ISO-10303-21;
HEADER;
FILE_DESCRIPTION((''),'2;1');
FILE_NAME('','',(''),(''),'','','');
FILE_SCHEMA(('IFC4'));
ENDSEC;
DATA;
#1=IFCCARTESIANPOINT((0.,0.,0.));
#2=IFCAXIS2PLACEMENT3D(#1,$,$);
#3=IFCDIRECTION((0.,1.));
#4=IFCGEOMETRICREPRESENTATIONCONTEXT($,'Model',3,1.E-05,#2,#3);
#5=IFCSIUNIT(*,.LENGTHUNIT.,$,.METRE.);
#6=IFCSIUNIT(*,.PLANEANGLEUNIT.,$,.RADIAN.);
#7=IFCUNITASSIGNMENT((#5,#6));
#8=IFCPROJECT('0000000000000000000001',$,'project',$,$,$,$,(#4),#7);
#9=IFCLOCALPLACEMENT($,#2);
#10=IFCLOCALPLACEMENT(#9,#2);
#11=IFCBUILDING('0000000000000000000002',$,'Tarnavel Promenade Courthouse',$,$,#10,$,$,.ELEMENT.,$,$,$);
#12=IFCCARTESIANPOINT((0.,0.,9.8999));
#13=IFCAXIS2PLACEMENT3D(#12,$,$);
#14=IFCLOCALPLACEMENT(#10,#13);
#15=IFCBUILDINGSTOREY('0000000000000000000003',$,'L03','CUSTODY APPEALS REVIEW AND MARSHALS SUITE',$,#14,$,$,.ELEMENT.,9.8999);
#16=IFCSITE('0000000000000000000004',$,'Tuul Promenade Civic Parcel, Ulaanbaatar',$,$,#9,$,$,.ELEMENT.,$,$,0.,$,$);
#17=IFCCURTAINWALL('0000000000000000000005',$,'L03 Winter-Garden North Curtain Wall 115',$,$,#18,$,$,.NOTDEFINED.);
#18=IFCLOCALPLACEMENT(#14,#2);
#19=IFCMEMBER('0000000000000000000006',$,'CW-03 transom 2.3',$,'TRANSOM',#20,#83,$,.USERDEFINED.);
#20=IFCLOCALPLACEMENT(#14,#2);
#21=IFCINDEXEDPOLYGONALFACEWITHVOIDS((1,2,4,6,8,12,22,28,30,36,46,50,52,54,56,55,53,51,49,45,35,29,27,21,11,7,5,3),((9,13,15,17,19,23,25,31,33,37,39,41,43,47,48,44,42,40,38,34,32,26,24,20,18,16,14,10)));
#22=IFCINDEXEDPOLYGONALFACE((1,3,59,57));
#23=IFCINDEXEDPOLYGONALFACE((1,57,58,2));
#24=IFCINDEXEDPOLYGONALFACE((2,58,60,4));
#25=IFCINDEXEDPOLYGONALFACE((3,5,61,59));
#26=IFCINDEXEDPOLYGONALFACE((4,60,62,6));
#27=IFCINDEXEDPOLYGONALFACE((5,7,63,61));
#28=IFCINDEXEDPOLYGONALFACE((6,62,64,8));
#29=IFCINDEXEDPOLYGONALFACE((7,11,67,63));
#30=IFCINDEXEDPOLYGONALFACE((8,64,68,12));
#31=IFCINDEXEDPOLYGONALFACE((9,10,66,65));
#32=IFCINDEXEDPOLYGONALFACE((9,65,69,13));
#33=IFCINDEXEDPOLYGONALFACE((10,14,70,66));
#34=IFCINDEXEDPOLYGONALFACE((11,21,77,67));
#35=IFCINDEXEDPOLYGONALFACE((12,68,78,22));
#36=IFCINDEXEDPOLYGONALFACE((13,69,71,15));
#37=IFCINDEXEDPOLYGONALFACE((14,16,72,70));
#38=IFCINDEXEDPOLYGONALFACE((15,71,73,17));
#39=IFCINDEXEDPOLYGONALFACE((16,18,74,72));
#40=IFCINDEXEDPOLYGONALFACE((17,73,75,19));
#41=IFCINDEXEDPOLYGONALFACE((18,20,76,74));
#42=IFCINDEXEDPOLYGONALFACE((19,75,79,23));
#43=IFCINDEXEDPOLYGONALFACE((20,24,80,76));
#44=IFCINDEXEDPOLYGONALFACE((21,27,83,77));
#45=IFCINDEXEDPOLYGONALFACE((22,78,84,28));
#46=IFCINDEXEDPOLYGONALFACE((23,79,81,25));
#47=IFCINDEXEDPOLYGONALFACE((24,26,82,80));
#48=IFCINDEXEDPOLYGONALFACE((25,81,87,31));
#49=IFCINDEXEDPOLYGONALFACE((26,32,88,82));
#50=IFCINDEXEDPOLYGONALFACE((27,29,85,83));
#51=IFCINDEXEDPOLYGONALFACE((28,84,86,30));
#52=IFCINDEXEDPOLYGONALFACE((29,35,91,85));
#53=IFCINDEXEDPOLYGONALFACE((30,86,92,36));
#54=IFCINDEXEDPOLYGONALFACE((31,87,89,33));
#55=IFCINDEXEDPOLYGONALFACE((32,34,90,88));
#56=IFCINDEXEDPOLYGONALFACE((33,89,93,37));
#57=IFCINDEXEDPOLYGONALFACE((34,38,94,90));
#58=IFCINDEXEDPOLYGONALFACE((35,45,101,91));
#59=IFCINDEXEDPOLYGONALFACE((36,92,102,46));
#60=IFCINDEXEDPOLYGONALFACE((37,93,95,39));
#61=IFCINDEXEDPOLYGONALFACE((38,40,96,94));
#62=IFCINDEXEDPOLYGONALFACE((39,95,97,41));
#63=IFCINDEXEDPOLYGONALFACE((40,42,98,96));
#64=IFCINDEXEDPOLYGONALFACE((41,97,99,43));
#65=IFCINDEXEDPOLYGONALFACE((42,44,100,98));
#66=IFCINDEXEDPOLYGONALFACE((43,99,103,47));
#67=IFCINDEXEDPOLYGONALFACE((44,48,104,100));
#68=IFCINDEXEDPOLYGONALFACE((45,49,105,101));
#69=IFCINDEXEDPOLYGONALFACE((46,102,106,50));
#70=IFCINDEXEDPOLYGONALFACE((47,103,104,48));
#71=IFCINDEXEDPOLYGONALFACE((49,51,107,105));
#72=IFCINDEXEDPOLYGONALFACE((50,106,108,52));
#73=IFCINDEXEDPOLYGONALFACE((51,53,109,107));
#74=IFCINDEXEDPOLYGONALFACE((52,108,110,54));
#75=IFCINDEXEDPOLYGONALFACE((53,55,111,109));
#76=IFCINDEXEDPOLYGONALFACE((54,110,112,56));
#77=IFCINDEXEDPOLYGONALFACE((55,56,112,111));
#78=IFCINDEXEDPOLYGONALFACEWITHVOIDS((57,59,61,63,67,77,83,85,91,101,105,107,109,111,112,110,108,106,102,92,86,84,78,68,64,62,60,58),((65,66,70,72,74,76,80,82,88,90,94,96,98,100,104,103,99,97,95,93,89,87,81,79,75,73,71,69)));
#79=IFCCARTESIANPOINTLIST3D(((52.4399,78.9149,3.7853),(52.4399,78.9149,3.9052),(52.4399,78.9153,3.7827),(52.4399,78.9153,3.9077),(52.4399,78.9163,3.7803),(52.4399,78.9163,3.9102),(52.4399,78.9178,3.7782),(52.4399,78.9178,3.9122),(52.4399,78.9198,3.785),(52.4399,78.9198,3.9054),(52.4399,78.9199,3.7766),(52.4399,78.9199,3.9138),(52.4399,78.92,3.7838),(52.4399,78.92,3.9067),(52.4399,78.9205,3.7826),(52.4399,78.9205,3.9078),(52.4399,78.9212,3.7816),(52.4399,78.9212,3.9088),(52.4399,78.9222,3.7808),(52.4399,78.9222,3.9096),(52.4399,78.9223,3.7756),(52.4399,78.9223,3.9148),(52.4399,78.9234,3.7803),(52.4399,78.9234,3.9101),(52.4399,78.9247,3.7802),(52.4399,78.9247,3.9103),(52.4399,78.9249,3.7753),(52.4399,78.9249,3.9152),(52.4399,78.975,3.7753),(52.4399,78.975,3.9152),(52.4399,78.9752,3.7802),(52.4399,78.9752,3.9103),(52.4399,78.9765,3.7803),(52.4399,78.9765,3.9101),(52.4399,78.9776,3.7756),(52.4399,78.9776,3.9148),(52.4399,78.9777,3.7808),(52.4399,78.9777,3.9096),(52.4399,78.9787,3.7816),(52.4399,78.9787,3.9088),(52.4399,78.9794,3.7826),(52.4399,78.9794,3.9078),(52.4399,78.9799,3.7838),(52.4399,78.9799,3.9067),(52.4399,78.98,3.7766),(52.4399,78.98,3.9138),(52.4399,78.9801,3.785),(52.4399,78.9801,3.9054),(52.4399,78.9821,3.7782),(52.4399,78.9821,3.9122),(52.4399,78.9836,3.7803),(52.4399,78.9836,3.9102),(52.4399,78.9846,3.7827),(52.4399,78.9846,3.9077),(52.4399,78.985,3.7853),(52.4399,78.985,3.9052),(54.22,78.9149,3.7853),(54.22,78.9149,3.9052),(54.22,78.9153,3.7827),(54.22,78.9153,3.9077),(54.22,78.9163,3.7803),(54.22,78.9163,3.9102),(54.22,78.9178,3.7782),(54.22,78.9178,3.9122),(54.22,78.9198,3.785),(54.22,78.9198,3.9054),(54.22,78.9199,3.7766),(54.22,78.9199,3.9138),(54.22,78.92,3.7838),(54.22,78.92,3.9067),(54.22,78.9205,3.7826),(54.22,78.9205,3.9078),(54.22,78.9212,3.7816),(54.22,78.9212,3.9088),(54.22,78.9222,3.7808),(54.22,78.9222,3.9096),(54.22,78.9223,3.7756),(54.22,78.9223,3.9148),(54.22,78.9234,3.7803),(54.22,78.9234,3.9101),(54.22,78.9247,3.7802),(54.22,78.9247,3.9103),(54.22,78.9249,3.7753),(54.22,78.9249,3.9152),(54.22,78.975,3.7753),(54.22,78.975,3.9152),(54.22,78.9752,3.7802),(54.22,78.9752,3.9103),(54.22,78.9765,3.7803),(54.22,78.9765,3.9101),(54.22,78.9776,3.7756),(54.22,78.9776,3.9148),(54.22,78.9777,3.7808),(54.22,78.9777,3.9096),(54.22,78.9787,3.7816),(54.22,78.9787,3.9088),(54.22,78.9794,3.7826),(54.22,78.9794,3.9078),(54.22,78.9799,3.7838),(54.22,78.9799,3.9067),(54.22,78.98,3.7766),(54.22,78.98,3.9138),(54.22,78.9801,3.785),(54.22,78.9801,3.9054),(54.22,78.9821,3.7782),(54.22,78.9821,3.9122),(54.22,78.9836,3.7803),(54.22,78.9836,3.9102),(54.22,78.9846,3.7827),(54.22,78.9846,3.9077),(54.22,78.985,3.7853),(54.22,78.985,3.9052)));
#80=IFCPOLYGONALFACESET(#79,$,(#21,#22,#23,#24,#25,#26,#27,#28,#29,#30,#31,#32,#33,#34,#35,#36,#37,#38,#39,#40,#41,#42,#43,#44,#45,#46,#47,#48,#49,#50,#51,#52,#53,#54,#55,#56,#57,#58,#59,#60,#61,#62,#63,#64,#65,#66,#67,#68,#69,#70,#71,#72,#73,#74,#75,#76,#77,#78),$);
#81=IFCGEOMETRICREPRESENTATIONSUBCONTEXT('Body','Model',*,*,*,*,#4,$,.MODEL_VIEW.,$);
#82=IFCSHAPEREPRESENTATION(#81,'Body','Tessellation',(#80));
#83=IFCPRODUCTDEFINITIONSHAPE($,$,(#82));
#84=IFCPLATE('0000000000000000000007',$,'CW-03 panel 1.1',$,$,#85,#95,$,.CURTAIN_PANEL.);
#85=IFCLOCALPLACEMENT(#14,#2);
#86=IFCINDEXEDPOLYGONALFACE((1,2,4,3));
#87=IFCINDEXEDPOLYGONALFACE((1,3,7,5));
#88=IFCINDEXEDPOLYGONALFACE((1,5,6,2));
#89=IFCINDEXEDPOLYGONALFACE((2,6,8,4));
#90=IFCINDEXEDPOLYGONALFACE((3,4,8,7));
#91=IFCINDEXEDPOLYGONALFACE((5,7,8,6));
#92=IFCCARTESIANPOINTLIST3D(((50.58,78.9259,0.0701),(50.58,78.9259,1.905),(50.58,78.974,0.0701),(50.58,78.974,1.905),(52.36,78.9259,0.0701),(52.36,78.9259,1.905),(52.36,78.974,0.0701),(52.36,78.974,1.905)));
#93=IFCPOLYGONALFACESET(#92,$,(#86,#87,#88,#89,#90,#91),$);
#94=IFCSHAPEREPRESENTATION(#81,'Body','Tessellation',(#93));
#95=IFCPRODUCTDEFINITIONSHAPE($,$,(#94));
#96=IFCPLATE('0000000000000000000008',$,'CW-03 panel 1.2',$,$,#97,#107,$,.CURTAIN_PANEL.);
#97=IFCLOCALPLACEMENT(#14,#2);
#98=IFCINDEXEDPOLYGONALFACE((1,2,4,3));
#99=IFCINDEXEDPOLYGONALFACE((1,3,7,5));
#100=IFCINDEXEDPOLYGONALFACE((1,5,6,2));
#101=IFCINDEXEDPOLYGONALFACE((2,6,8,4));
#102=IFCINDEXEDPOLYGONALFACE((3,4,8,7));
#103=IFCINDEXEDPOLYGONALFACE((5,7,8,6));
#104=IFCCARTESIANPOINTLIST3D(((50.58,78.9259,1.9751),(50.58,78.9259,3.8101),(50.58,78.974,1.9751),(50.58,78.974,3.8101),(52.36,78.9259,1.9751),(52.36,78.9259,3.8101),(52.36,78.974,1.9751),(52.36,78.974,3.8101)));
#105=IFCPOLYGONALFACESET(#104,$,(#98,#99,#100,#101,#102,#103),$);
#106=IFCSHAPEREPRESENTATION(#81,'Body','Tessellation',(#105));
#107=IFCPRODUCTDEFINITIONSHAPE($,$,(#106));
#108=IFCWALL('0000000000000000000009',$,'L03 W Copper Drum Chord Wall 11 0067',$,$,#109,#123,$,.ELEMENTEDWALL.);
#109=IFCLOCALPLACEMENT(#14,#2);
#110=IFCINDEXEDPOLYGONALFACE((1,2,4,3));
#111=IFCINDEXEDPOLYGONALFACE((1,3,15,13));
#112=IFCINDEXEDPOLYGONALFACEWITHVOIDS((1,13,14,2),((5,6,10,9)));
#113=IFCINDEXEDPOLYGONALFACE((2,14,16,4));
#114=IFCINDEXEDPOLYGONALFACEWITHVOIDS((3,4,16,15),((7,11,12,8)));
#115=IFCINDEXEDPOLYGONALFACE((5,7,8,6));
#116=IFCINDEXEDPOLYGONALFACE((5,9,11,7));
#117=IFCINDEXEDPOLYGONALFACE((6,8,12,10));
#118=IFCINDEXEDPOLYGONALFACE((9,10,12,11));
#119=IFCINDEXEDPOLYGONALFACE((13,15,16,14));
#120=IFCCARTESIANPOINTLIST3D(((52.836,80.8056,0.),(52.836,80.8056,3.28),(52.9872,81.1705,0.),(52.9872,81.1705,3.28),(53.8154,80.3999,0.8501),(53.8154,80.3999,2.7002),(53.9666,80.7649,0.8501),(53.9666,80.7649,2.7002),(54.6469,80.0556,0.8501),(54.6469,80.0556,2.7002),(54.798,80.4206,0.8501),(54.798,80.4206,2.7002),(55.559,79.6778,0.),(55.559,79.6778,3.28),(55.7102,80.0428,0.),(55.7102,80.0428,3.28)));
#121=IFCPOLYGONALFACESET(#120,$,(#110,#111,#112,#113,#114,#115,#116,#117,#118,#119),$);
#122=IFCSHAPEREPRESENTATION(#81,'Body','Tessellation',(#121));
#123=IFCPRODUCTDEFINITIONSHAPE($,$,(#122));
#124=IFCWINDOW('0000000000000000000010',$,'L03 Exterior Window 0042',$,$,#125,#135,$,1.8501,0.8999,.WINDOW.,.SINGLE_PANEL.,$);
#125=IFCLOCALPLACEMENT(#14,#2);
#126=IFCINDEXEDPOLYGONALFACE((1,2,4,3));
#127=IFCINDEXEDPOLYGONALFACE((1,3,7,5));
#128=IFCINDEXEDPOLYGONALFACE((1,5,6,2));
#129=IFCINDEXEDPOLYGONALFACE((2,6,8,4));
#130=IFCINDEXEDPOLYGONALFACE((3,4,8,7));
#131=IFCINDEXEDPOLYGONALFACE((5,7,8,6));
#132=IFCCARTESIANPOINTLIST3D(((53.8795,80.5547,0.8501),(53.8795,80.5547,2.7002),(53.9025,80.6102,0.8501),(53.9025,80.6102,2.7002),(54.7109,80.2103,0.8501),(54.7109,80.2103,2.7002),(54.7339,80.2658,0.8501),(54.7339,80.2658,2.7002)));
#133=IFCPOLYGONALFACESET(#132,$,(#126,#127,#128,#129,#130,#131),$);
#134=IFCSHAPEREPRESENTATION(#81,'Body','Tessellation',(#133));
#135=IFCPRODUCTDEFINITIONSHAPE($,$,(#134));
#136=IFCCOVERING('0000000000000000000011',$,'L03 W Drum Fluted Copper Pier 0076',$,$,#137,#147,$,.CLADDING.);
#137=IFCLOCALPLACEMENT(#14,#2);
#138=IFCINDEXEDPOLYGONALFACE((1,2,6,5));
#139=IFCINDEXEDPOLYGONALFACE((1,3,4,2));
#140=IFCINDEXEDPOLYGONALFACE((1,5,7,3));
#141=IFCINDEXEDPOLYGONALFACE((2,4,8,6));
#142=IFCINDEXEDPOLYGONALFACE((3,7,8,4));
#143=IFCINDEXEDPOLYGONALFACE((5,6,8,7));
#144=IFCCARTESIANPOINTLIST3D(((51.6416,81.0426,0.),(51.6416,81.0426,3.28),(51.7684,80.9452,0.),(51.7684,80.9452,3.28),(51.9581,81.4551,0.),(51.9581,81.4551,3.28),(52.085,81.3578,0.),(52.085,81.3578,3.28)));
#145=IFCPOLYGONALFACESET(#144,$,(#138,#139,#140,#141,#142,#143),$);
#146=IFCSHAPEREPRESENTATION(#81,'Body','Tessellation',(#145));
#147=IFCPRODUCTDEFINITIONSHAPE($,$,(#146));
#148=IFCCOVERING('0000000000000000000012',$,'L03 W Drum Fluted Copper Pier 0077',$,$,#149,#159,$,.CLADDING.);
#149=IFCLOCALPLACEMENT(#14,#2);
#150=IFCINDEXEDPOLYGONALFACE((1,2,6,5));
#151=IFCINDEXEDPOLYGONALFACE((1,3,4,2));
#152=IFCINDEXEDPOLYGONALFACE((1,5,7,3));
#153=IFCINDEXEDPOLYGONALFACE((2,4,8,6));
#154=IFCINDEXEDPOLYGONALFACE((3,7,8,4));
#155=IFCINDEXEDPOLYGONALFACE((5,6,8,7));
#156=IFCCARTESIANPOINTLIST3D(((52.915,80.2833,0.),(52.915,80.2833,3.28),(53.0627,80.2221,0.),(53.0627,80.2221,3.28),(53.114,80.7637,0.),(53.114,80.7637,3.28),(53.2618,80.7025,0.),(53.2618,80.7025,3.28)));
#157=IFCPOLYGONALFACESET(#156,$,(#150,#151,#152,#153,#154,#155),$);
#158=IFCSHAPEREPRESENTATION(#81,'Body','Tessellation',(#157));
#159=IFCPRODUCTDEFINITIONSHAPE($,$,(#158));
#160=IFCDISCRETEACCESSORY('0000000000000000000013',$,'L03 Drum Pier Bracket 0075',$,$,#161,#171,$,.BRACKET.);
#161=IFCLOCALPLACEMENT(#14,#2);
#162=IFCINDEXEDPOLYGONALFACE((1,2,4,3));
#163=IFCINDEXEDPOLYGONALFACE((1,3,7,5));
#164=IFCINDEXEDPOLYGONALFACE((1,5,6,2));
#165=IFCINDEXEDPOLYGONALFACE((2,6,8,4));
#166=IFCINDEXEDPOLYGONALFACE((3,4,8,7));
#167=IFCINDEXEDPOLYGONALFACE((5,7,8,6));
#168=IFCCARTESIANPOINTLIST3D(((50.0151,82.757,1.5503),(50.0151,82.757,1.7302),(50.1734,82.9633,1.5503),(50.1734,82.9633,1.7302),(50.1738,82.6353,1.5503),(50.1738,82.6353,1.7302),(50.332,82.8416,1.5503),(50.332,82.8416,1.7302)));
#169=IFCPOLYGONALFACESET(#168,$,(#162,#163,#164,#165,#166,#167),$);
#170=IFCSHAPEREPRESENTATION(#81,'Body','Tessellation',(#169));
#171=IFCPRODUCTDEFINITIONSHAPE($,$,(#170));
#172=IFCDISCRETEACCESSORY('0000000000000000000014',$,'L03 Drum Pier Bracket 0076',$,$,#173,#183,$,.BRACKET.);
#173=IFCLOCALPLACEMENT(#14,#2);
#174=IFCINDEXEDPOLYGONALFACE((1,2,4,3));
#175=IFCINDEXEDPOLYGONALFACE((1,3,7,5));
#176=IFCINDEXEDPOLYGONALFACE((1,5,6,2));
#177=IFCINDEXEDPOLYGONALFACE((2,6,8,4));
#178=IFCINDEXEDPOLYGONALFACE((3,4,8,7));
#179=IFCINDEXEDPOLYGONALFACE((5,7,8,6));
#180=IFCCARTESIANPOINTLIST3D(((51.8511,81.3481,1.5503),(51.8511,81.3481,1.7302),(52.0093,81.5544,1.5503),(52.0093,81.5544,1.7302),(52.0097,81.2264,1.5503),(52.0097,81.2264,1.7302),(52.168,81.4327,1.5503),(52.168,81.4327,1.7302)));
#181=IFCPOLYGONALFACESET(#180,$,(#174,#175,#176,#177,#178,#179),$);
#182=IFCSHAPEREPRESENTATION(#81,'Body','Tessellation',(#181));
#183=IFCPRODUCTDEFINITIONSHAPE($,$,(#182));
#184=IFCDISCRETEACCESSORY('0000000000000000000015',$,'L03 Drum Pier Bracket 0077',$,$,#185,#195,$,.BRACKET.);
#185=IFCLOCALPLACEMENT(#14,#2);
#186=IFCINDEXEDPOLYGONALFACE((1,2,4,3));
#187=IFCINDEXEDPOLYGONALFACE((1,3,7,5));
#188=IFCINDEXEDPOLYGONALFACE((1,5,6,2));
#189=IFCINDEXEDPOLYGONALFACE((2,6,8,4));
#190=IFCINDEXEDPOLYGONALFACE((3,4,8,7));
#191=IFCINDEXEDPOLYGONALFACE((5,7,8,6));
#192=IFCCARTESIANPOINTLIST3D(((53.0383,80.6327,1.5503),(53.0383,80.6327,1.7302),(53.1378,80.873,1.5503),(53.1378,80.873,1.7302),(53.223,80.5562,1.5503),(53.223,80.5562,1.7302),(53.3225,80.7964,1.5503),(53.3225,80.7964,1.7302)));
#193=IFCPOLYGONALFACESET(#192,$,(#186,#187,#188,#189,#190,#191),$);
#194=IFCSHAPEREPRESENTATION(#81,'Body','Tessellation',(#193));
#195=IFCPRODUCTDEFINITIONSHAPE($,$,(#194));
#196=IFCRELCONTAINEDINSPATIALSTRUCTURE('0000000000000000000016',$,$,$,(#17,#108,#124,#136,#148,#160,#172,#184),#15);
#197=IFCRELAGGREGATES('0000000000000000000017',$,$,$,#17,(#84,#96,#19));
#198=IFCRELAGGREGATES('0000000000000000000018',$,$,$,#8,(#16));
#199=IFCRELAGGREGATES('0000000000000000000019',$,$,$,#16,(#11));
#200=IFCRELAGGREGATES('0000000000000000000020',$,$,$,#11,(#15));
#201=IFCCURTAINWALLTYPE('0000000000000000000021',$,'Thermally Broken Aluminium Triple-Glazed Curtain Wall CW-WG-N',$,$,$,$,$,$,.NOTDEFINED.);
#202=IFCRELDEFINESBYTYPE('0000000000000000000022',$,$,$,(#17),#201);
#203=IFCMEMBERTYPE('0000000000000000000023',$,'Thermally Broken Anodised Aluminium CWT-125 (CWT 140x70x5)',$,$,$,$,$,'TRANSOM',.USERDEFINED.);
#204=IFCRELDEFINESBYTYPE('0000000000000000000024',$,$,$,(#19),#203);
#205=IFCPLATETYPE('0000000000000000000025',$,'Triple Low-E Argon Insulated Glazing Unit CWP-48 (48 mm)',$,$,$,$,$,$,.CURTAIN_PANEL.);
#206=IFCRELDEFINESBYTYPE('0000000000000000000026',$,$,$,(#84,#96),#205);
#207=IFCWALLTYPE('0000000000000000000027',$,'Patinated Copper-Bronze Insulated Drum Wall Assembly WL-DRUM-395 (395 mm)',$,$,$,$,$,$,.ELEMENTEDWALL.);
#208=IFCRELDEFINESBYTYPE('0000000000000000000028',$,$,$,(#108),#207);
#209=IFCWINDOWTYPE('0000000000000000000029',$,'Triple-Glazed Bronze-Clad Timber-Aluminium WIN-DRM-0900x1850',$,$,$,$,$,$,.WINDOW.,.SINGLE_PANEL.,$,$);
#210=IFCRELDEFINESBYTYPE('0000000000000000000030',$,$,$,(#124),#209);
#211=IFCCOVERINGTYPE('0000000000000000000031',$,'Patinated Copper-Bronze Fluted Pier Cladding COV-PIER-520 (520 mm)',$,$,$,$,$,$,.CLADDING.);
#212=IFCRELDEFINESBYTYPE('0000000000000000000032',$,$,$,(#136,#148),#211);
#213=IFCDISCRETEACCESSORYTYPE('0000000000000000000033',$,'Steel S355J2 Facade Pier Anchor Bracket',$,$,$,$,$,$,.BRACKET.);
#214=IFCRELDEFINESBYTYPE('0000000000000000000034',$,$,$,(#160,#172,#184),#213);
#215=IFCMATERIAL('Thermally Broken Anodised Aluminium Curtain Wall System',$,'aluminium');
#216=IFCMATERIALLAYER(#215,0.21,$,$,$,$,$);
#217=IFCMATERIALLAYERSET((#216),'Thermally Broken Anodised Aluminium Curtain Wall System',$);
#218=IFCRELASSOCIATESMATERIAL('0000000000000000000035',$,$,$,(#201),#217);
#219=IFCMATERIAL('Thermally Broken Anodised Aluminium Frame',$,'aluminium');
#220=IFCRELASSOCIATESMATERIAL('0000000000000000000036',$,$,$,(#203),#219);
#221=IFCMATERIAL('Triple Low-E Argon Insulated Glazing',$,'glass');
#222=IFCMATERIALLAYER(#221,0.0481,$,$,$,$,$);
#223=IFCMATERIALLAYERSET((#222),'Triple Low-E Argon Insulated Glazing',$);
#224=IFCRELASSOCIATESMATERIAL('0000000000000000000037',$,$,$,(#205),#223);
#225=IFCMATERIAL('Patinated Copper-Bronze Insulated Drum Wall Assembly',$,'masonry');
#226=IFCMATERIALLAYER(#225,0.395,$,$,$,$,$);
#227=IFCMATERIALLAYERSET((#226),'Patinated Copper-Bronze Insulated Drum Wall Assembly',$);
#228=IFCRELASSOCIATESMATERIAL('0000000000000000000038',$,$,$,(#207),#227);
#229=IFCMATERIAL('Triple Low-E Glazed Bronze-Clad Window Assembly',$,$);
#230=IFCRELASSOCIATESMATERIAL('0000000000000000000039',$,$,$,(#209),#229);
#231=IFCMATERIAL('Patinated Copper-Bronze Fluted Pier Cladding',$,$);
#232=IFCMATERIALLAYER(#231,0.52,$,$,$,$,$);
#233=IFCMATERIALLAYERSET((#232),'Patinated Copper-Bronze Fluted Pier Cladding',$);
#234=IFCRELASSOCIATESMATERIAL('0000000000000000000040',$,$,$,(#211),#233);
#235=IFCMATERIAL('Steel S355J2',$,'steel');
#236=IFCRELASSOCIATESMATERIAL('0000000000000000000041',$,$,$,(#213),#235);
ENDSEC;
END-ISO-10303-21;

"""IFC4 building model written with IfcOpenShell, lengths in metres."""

from ifc_helpers import new_model, si_unit, direction, frame, frame_2d, origin, origin_2d, place, context, subcontext, project, spatial, rectangle, hollow_rectangle, extrude, material, layer, layer_set, material_profile, profile_set, type_object, element, fill, aggregate, save


model = new_model("IFC4")

# Units and contexts
model_context = context("Model", 3, precision=1e-05, world=origin(), true_north=direction((0.0, 1.0)))
body_context = subcontext(model_context, "Body", "Model", "MODEL_VIEW")
ifc_project = project(units=[si_unit("LENGTHUNIT", "METRE"), si_unit("PLANEANGLEUNIT", "RADIAN")], contexts=[model_context])

# Site, building, storey
site_placement = place(None, origin())
site = spatial("IfcSite", under=ifc_project, at=site_placement, Name="Tuul Promenade Civic Parcel, Ulaanbaatar", CompositionType="ELEMENT", RefElevation=0.0)
building_placement = place(site_placement, origin())
building = spatial("IfcBuilding", under=site, at=building_placement, Name="Tarnavel Promenade Courthouse", CompositionType="ELEMENT")
storey_placement = place(building_placement, frame((0.0, 0.0, 9.8999)))
storey = spatial("IfcBuildingStorey", under=building, at=storey_placement, Name="L03", Description="CUSTODY APPEALS REVIEW AND MARSHALS SUITE", CompositionType="ELEMENT", Elevation=9.8999)

# Shared definitions
ifc_material_1 = material(Name="Steel S355J2", Category="steel")

# Shared definitions
ifc_material_2 = material(Name="Thermally Broken Anodised Aluminium Curtain Wall System", Category="aluminium")
ifc_layer_1 = layer(ifc_material_2, 0.21)
ifc_layer_set_1 = layer_set([ifc_layer_1], Name="Thermally Broken Anodised Aluminium Curtain Wall System")
curtain_wall_type = type_object("IfcCurtainWallType", Name="Thermally Broken Aluminium Triple-Glazed Curtain Wall CW-WG-N", PredefinedType="NOTDEFINED", material=ifc_layer_set_1)
ifc_material_3 = material(Name="Thermally Broken Anodised Aluminium Frame", Category="aluminium")

# Curtain wall, member, plates
curtain_wall_1_placement = place(storey_placement, origin())
curtain_wall_1 = element("IfcCurtainWall", 1, at=curtain_wall_1_placement, inside=storey, type_object=curtain_wall_type, Name="L03 Winter-Garden North Curtain Wall 115", PredefinedType="NOTDEFINED")
ifc_material_profile_1 = material_profile(ifc_material_3, hollow_rectangle(XDim=0.0701, YDim=0.1399, WallThickness=0.0049, InnerFilletRadius=0.0049, OuterFilletRadius=0.01, at=origin_2d()), Name="CWT 140x70x5")
ifc_profile_set_1 = profile_set([ifc_material_profile_1], Name="Thermally Broken Anodised Aluminium Frame")
member_type_1 = type_object("IfcMemberType", Name="Thermally Broken Anodised Aluminium CWT-125 (CWT 140x70x5)", ElementType="TRANSOM", PredefinedType="USERDEFINED", material=ifc_profile_set_1)
member_1_placement = place(storey_placement, frame((52.4399, 78.95, 3.8452), z_axis=(1.0, 0.0, 0.0), x_axis=(0.0, 1.0, 0.0)))
member_1 = element("IfcMember", 2, at=member_1_placement, type_object=member_type_1, Name="CW-03 transom 2.3", ObjectType="TRANSOM", PredefinedType="USERDEFINED", context=body_context, shape_type="SweptSolid", body=[
    extrude(hollow_rectangle(XDim=0.0701, YDim=0.1399, WallThickness=0.0049, InnerFilletRadius=0.0049, OuterFilletRadius=0.01, at=origin_2d()), origin(), (0.0, 0.0, 1.0), 1.78),
])
ifc_material_4 = material(Name="Triple Low-E Argon Insulated Glazing", Category="glass")
ifc_layer_2 = layer(ifc_material_4, 0.0481)
ifc_layer_set_2 = layer_set([ifc_layer_2], Name="Triple Low-E Argon Insulated Glazing")
plate_type = type_object("IfcPlateType", Name="Triple Low-E Argon Insulated Glazing Unit CWP-48 (48 mm)", PredefinedType="CURTAIN_PANEL", material=ifc_layer_set_2)
plate_1_placement = place(storey_placement, frame((51.47, 78.95, 0.0701), z_axis=(0.0, 0.0, 1.0), x_axis=(1.0, 0.0, 0.0)))
plate_1 = element("IfcPlate", 3, at=plate_1_placement, type_object=plate_type, Name="CW-03 panel 1.1", PredefinedType="CURTAIN_PANEL", context=body_context, shape_type="SweptSolid", body=[
    extrude(rectangle(XDim=1.78, YDim=0.0481, at=origin_2d()), origin(), (0.0, 0.0, 1.0), 1.835),
])
plate_2_placement = place(storey_placement, frame((51.47, 78.95, 1.9751), z_axis=(0.0, 0.0, 1.0), x_axis=(1.0, 0.0, 0.0)))
plate_2 = element("IfcPlate", 4, at=plate_2_placement, type_object=plate_type, Name="CW-03 panel 1.2", PredefinedType="CURTAIN_PANEL", context=body_context, shape_type="SweptSolid", body=[
    extrude(rectangle(XDim=1.78, YDim=0.0481, at=origin_2d()), origin(), (0.0, 0.0, 1.0), 1.835),
])
aggregate(curtain_wall_1, [plate_1, plate_2, member_1])

# Wall, opening, window
ifc_material_5 = material(Name="Patinated Copper-Bronze Insulated Drum Wall Assembly", Category="masonry")
ifc_layer_3 = layer(ifc_material_5, 0.395)
ifc_layer_set_3 = layer_set([ifc_layer_3], Name="Patinated Copper-Bronze Insulated Drum Wall Assembly")
wall_type = type_object("IfcWallType", Name="Patinated Copper-Bronze Insulated Drum Wall Assembly WL-DRUM-395 (395 mm)", PredefinedType="ELEMENTEDWALL", material=ifc_layer_set_3)
wall_placement = place(storey_placement, frame((52.9116, 80.988, 0.0), z_axis=(0.0, 0.0, 1.0), x_axis=(0.923901, -0.382632, 0.0)))
wall = element("IfcWall", 5, at=wall_placement, inside=storey, type_object=wall_type, Name="L03 W Copper Drum Chord Wall 11 0067", PredefinedType="ELEMENTEDWALL", context=body_context, shape_type="SweptSolid", body=[
    extrude(rectangle(XDim=2.9473, YDim=0.395, at=frame_2d((1.4736, 0.0))), origin(), (0.0, 0.0, 1.0), 3.28),
])
opening_placement = place(wall_placement, frame((1.0601, 0.0, 0.8501)))
opening = element("IfcOpeningElement", 6, at=opening_placement, cuts=wall, PredefinedType="OPENING", context=body_context, shape_type="SweptSolid", body=[
    extrude(rectangle(XDim=0.8999, YDim=1.8501, at=frame_2d((0.45, 0.925))), frame((0.0, 0.2075, 0.0), z_axis=(0.0, -1.0, 0.0), x_axis=(1.0, 0.0, 0.0)), (0.0, 0.0, 1.0), 0.415),
])
ifc_material_6 = material(Name="Triple Low-E Glazed Bronze-Clad Window Assembly")
window_type = type_object("IfcWindowType", Name="Triple-Glazed Bronze-Clad Timber-Aluminium WIN-DRM-0900x1850", PartitioningType="SINGLE_PANEL", PredefinedType="WINDOW", material=ifc_material_6)
window_placement = place(opening_placement, origin())
window = element("IfcWindow", 7, at=window_placement, inside=storey, type_object=window_type, Name="L03 Exterior Window 0042", OverallHeight=1.8501, OverallWidth=0.8999, PartitioningType="SINGLE_PANEL", PredefinedType="WINDOW", context=body_context, shape_type="SweptSolid", body=[
    extrude(rectangle(XDim=0.8999, YDim=1.8501, at=frame_2d((0.45, 0.925))), frame((0.0, 0.03, 0.0), z_axis=(0.0, -1.0, 0.0), x_axis=(1.0, 0.0, 0.0)), (0.0, 0.0, 1.0), 0.0601),
])
fill(opening, window)

# Coverings
ifc_material_7 = material(Name="Patinated Copper-Bronze Fluted Pier Cladding")
ifc_layer_4 = layer(ifc_material_7, 0.52)
ifc_layer_set_4 = layer_set([ifc_layer_4], Name="Patinated Copper-Bronze Fluted Pier Cladding")
covering_type = type_object("IfcCoveringType", Name="Patinated Copper-Bronze Fluted Pier Cladding COV-PIER-520 (520 mm)", PredefinedType="CLADDING", material=ifc_layer_set_4)
for number, where, z_axis, x_axis, name in (
    (8, (51.8633, 81.2002, 0.0), (0.0, 0.0, 1.0), (0.793353, -0.608761, 0.0), "L03 W Drum Fluted Copper Pier 0076"),
    (9, (53.0884, 80.4929, 0.0), (0.0, 0.0, 1.0), (0.92388, -0.382683, 0.0), "L03 W Drum Fluted Copper Pier 0077"),
):
    element("IfcCovering", number, at=place(storey_placement, frame(where, z_axis=z_axis, x_axis=x_axis)), inside=storey, type_object=covering_type, Name=name, PredefinedType="CLADDING", context=body_context, shape_type="SweptSolid", body=[
        extrude(rectangle(XDim=0.1599, YDim=0.52, at=origin_2d()), origin(), (0.0, 0.0, 1.0), 3.28),
    ])

# Discrete accessories
discrete_accessory_type = type_object("IfcDiscreteAccessoryType", Name="Steel S355J2 Facade Pier Anchor Bracket", PredefinedType="BRACKET", material=ifc_material_1)
for number, where, z_axis, x_axis, name in (
    (10, (50.1736, 82.7993, 1.5503), (0.0, 0.0, 1.0), (0.793353, -0.608761, 0.0), "L03 Drum Pier Bracket 0075"),
    (11, (52.0095, 81.3904, 1.5503), (0.0, 0.0, 1.0), (0.793353, -0.608761, 0.0), "L03 Drum Pier Bracket 0076"),
    (12, (53.1804, 80.7146, 1.5503), (0.0, 0.0, 1.0), (0.92388, -0.382683, 0.0), "L03 Drum Pier Bracket 0077"),
):
    element("IfcDiscreteAccessory", number, at=place(storey_placement, frame(where, z_axis=z_axis, x_axis=x_axis)), inside=storey, type_object=discrete_accessory_type, Name=name, PredefinedType="BRACKET", context=body_context, shape_type="SweptSolid", body=[
        extrude(rectangle(XDim=0.2, YDim=0.26, at=origin_2d()), origin(), (0.0, 0.0, 1.0), 0.1799),
    ])

save(model, "model.ifc")
